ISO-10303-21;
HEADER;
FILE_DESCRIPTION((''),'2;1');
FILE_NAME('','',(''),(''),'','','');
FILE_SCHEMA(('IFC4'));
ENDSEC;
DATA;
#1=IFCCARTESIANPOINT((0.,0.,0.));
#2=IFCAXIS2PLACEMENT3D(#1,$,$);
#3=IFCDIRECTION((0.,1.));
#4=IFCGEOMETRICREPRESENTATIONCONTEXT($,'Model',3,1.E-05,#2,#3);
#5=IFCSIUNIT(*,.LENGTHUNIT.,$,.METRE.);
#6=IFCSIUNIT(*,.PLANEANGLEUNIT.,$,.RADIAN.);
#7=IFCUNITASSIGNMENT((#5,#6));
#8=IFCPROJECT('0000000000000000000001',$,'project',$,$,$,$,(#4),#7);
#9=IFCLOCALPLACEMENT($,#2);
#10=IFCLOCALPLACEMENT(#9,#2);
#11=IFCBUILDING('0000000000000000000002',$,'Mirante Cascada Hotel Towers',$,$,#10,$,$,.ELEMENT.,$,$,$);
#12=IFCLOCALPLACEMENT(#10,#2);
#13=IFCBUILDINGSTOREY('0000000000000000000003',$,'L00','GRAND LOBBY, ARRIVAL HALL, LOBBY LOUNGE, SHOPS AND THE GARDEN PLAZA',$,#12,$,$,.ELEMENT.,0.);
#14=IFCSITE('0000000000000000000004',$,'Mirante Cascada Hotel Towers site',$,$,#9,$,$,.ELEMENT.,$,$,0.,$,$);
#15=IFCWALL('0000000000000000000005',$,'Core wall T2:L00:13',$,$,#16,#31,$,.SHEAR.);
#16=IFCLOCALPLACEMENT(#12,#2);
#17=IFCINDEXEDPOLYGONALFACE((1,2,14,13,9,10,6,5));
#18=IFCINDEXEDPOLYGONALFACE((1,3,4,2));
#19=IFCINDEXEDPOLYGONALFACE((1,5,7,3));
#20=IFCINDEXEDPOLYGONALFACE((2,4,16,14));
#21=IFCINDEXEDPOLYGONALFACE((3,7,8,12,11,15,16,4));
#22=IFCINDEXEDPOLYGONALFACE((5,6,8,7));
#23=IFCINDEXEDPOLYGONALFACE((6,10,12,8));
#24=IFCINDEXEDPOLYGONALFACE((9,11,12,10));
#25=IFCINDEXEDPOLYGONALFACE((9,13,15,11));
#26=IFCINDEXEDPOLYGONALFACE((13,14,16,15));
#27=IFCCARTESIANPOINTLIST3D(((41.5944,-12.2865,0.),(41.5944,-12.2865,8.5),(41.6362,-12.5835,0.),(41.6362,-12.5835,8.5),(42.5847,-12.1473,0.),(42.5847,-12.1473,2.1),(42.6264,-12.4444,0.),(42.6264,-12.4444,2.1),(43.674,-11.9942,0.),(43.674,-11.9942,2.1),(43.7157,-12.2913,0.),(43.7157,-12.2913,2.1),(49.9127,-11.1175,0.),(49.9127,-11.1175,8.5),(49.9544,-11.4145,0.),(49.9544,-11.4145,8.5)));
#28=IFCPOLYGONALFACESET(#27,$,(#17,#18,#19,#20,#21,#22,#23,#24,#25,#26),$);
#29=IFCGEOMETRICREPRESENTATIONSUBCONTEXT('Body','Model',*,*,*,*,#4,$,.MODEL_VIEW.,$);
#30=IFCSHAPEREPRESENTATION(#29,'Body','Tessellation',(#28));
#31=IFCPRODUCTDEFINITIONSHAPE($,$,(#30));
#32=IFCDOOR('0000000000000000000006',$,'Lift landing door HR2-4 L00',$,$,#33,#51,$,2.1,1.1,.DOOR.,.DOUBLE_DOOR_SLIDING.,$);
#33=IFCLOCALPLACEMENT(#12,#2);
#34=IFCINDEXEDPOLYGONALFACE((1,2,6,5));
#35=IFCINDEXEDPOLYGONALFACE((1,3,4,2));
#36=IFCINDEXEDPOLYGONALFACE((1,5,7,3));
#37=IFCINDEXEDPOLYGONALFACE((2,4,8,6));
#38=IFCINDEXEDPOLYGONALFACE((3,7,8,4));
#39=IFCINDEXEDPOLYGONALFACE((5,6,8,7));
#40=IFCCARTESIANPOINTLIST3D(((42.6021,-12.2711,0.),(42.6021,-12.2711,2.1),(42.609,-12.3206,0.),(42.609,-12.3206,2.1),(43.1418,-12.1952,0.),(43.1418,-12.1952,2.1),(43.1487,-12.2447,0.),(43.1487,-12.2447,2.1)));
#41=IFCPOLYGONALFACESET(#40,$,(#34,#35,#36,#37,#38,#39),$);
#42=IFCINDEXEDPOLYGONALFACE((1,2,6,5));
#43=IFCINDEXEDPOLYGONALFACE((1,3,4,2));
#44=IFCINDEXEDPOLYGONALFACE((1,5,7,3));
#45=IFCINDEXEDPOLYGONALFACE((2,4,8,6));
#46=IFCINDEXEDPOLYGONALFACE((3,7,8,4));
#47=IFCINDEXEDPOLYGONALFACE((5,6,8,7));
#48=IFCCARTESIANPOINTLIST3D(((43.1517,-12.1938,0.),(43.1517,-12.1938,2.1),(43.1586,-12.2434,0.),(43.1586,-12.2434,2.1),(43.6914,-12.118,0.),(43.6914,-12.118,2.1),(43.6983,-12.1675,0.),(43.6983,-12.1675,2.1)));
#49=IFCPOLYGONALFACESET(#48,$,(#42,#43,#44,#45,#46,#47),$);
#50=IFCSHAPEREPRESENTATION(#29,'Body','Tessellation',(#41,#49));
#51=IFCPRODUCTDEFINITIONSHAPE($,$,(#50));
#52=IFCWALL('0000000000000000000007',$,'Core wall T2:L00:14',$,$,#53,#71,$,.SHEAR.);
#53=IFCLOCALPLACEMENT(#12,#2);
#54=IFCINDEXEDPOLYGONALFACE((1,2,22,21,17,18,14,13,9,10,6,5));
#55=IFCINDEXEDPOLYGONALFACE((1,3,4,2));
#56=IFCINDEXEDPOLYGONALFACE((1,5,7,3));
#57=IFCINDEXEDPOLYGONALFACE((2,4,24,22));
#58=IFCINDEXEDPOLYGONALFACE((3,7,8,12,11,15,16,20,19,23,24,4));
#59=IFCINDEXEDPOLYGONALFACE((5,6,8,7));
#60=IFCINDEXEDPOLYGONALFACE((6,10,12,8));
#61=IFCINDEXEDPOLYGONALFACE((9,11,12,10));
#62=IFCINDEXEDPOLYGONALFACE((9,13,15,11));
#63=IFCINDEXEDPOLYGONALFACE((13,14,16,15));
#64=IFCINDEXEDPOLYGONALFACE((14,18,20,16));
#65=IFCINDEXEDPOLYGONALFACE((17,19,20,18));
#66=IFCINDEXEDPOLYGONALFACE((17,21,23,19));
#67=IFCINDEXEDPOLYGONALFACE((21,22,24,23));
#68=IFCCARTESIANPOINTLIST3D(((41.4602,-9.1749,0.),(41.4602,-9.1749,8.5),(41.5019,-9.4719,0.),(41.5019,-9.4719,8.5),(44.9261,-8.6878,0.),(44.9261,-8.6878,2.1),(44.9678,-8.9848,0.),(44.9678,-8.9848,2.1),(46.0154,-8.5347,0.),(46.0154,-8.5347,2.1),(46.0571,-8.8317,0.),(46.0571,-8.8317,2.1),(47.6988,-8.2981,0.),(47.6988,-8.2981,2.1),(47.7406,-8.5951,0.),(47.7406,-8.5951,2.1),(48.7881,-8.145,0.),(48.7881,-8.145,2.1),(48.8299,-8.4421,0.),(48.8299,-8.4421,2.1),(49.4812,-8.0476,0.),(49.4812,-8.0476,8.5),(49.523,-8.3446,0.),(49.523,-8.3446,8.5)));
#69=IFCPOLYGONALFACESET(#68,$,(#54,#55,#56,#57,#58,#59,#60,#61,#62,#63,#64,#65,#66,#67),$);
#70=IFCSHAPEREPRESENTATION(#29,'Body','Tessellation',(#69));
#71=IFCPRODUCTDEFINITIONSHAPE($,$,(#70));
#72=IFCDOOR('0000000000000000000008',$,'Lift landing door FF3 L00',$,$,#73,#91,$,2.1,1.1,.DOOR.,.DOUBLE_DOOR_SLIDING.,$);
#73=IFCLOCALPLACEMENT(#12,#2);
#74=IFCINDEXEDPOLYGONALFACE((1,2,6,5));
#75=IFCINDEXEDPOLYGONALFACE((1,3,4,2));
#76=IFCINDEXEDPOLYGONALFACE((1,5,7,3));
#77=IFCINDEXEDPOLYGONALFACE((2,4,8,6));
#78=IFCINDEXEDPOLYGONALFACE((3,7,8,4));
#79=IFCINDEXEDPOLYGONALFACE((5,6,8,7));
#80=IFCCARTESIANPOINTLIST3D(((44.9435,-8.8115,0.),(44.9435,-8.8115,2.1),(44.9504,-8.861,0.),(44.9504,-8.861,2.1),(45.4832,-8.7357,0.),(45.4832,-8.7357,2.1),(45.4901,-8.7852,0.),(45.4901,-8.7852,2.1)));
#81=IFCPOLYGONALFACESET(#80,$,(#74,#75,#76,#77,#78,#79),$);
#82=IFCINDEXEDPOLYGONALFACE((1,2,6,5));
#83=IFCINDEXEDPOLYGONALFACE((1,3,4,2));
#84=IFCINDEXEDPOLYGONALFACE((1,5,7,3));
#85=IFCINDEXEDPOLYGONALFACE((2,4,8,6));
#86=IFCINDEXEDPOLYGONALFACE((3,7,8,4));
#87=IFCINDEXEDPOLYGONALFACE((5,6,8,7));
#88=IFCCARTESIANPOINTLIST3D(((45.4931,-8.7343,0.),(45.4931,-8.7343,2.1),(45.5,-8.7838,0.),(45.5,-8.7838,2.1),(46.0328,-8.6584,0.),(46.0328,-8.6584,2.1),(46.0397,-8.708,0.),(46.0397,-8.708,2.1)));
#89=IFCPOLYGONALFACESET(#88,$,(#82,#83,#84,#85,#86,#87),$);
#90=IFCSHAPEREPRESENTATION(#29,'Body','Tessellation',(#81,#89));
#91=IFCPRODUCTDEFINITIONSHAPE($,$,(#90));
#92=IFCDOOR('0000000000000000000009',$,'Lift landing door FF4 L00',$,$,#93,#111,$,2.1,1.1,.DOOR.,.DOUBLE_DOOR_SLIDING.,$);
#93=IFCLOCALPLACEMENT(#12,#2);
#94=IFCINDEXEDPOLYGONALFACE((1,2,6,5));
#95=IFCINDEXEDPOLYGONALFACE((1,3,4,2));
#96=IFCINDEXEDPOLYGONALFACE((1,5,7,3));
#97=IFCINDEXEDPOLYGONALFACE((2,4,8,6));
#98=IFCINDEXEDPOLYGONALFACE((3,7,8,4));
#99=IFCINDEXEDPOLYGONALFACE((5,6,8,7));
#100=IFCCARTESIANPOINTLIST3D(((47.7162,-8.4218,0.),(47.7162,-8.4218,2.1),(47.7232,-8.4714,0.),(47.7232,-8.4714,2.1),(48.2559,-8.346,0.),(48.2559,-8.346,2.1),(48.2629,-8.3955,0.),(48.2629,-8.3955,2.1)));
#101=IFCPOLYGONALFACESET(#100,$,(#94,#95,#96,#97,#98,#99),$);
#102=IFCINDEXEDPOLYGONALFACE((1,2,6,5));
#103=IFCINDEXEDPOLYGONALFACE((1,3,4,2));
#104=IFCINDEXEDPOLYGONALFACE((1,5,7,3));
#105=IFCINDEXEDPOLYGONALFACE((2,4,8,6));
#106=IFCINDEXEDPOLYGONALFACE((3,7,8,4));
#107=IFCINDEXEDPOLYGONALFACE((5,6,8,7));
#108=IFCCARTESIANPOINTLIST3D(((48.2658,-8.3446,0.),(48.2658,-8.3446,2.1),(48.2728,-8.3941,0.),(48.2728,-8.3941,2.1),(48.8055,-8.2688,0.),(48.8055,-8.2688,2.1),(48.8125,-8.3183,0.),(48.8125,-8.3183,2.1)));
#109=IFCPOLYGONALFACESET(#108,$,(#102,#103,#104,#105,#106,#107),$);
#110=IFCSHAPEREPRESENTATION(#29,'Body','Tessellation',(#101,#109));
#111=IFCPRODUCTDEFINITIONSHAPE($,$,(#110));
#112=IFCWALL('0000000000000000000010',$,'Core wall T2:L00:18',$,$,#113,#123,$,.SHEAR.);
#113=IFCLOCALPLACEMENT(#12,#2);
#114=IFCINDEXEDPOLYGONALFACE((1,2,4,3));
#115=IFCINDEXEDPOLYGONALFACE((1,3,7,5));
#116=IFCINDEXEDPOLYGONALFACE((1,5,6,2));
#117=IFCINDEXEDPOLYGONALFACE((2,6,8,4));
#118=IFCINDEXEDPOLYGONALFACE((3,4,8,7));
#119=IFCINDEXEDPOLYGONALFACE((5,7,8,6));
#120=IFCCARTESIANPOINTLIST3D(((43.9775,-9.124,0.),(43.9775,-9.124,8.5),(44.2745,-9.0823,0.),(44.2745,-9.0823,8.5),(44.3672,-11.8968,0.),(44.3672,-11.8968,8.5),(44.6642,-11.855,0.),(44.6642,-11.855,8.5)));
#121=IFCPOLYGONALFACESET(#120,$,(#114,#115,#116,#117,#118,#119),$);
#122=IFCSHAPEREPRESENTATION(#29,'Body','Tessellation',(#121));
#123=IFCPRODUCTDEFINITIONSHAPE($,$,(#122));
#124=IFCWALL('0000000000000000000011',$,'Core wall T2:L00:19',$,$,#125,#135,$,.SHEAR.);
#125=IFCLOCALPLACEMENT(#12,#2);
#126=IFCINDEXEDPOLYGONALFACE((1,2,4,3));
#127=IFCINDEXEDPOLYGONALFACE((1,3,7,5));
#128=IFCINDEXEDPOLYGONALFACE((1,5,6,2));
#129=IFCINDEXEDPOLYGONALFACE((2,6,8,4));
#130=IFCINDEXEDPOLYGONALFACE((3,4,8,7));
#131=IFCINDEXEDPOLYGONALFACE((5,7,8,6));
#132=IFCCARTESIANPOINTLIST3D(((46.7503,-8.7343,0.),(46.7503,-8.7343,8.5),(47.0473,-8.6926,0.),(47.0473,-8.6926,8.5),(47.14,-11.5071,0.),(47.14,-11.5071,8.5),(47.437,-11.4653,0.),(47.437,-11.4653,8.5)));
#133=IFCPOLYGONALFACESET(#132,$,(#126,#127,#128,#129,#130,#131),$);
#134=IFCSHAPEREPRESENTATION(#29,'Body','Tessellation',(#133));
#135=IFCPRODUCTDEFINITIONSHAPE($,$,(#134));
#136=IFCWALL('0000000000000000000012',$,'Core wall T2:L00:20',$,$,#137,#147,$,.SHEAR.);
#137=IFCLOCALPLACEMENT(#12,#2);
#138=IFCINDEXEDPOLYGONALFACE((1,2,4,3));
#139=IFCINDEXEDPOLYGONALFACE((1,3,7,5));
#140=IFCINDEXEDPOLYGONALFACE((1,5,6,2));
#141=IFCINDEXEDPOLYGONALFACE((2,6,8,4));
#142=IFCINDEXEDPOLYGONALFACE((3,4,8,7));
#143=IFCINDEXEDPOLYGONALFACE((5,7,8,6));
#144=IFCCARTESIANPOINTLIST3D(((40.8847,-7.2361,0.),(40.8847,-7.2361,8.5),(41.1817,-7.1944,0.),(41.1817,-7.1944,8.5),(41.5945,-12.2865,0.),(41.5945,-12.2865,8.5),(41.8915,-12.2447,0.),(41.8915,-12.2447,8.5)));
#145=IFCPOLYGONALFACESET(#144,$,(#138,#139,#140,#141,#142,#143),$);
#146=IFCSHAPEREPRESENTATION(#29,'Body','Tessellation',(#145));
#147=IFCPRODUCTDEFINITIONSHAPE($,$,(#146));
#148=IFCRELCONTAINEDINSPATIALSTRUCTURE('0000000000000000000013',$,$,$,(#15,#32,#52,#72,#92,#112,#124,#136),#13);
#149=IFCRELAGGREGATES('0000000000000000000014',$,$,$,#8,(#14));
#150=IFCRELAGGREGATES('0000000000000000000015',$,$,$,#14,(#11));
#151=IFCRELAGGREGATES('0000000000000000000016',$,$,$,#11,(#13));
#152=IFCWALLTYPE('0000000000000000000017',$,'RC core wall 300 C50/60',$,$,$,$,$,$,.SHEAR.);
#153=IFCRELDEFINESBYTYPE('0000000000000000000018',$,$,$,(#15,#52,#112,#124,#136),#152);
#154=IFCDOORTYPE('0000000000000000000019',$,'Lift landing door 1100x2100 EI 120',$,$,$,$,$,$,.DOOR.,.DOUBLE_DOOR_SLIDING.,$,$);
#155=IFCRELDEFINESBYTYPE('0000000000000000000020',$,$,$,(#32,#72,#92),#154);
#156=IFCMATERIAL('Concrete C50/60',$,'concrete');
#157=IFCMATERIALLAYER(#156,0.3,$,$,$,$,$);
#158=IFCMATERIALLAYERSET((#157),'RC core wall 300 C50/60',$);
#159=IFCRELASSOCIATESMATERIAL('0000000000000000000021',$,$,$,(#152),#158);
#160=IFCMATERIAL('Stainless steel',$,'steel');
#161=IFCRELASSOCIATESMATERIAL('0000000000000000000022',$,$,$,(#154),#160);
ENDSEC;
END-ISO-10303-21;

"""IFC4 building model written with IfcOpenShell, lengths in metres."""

from ifc_helpers import new_model, si_unit, direction, frame, frame_2d, origin, place, context, subcontext, project, spatial, rectangle, extrude, material, layer, layer_set, type_object, element, fill, save


model = new_model("IFC4")

# Units and contexts
model_context = context("Model", 3, precision=1e-05, world=origin(), true_north=direction((0.0, 1.0)))
body_context = subcontext(model_context, "Body", "Model", "MODEL_VIEW")
ifc_project = project(units=[si_unit("LENGTHUNIT", "METRE"), si_unit("PLANEANGLEUNIT", "RADIAN")], contexts=[model_context])

# Site, building, storey
site_placement = place(None, origin())
site = spatial("IfcSite", under=ifc_project, at=site_placement, Name="Mirante Cascada Hotel Towers site", CompositionType="ELEMENT", RefElevation=0.0)
building_placement = place(site_placement, origin())
building = spatial("IfcBuilding", under=site, at=building_placement, Name="Mirante Cascada Hotel Towers", CompositionType="ELEMENT")
storey_placement = place(building_placement, origin())
storey = spatial("IfcBuildingStorey", under=building, at=storey_placement, Name="L00", Description="GRAND LOBBY, ARRIVAL HALL, LOBBY LOUNGE, SHOPS AND THE GARDEN PLAZA", CompositionType="ELEMENT", Elevation=0.0)

# Wall, opening, door
ifc_material_1 = material(Name="Concrete C50/60", Category="concrete")
ifc_layer_1 = layer(ifc_material_1, 0.3)
ifc_layer_set_1 = layer_set([ifc_layer_1], Name="RC core wall 300 C50/60")
wall_type_1 = type_object("IfcWallType", Name="RC core wall 300 C50/60", PredefinedType="SHEAR", material=ifc_layer_set_1)
wall_1_placement = place(storey_placement, frame((41.6153, -12.435, 0.0), z_axis=(0.0, 0.0, 1.0), x_axis=(0.990269, 0.139166, 0.0)))
wall_1 = element("IfcWall", 1, at=wall_1_placement, inside=storey, type_object=wall_type_1, Name="Core wall T2:L00:13", PredefinedType="SHEAR", context=body_context, shape_type="SweptSolid", body=[
    extrude(rectangle(XDim=8.4, YDim=0.3, at=frame_2d((4.2, 0.0))), origin(), (0.0, 0.0, 1.0), 8.5),
])
opening_1_placement = place(wall_1_placement, frame((1.0, 0.0, 0.0)))
opening_1 = element("IfcOpeningElement", 2, at=opening_1_placement, cuts=wall_1, PredefinedType="OPENING", context=body_context, shape_type="SweptSolid", body=[
    extrude(rectangle(XDim=1.1, YDim=2.1, at=frame_2d((0.55, 1.05))), frame((0.0, 0.15, 0.0), z_axis=(0.0, -1.0, 0.0), x_axis=(1.0, 0.0, 0.0)), (0.0, 0.0, 1.0), 0.3),
])
ifc_material_2 = material(Name="Stainless steel", Category="steel")
door_type_1 = type_object("IfcDoorType", Name="Lift landing door 1100x2100 EI 120", OperationType="DOUBLE_DOOR_SLIDING", PredefinedType="DOOR", material=ifc_material_2)
door_1_placement = place(opening_1_placement, origin())
door_1 = element("IfcDoor", 3, at=door_1_placement, inside=storey, type_object=door_type_1, Name="Lift landing door HR2-4 L00", OperationType="DOUBLE_DOOR_SLIDING", OverallHeight=2.1, OverallWidth=1.1, PredefinedType="DOOR", context=body_context, shape_type="SweptSolid", body=[
    extrude(rectangle(XDim=0.545, YDim=2.1, at=frame_2d((0.2725, 1.05))), frame((0.0, 0.025, 0.0), z_axis=(0.0, -1.0, 0.0), x_axis=(1.0, 0.0, 0.0)), (0.0, 0.0, 1.0), 0.05),
    extrude(rectangle(XDim=0.545, YDim=2.1, at=frame_2d((0.8275, 1.05))), frame((0.0, 0.025, 0.0), z_axis=(0.0, -1.0, 0.0), x_axis=(1.0, 0.0, 0.0)), (0.0, 0.0, 1.0), 0.05),
])
fill(opening_1, door_1)

# Wall, openings, doors
wall_2_placement = place(storey_placement, frame((41.481, -9.3234, 0.0), z_axis=(0.0, 0.0, 1.0), x_axis=(0.990268, 0.139174, 0.0)))
wall_2 = element("IfcWall", 4, at=wall_2_placement, inside=storey, type_object=wall_type_1, Name="Core wall T2:L00:14", PredefinedType="SHEAR", context=body_context, shape_type="SweptSolid", body=[
    extrude(rectangle(XDim=8.0999, YDim=0.3, at=frame_2d((4.05, 0.0))), origin(), (0.0, 0.0, 1.0), 8.5),
])
opening_2_placement = place(wall_2_placement, frame((3.5, 0.0, 0.0)))
opening_2 = element("IfcOpeningElement", 5, at=opening_2_placement, cuts=wall_2, PredefinedType="OPENING", context=body_context, shape_type="SweptSolid", body=[
    extrude(rectangle(XDim=1.1, YDim=2.1, at=frame_2d((0.55, 1.05))), frame((0.0, 0.15, 0.0), z_axis=(0.0, -1.0, 0.0), x_axis=(1.0, 0.0, 0.0)), (0.0, 0.0, 1.0), 0.3),
])
opening_3_placement = place(wall_2_placement, frame((6.3, 0.0, 0.0)))
opening_3 = element("IfcOpeningElement", 6, at=opening_3_placement, cuts=wall_2, PredefinedType="OPENING", context=body_context, shape_type="SweptSolid", body=[
    extrude(rectangle(XDim=1.1, YDim=2.1, at=frame_2d((0.55, 1.05))), frame((0.0, 0.15, 0.0), z_axis=(0.0, -1.0, 0.0), x_axis=(1.0, 0.0, 0.0)), (0.0, 0.0, 1.0), 0.3),
])
door_2_placement = place(opening_2_placement, origin())
door_2 = element("IfcDoor", 7, at=door_2_placement, inside=storey, type_object=door_type_1, Name="Lift landing door FF3 L00", OperationType="DOUBLE_DOOR_SLIDING", OverallHeight=2.1, OverallWidth=1.1, PredefinedType="DOOR", context=body_context, shape_type="SweptSolid", body=[
    extrude(rectangle(XDim=0.545, YDim=2.1, at=frame_2d((0.2725, 1.05))), frame((0.0, 0.025, 0.0), z_axis=(0.0, -1.0, 0.0), x_axis=(1.0, 0.0, 0.0)), (0.0, 0.0, 1.0), 0.05),
    extrude(rectangle(XDim=0.545, YDim=2.1, at=frame_2d((0.8275, 1.05))), frame((0.0, 0.025, 0.0), z_axis=(0.0, -1.0, 0.0), x_axis=(1.0, 0.0, 0.0)), (0.0, 0.0, 1.0), 0.05),
])
fill(opening_2, door_2)
door_3_placement = place(opening_3_placement, origin())
door_3 = element("IfcDoor", 8, at=door_3_placement, inside=storey, type_object=door_type_1, Name="Lift landing door FF4 L00", OperationType="DOUBLE_DOOR_SLIDING", OverallHeight=2.1, OverallWidth=1.1, PredefinedType="DOOR", context=body_context, shape_type="SweptSolid", body=[
    extrude(rectangle(XDim=0.545, YDim=2.1, at=frame_2d((0.2725, 1.05))), frame((0.0, 0.025, 0.0), z_axis=(0.0, -1.0, 0.0), x_axis=(1.0, 0.0, 0.0)), (0.0, 0.0, 1.0), 0.05),
    extrude(rectangle(XDim=0.545, YDim=2.1, at=frame_2d((0.8275, 1.05))), frame((0.0, 0.025, 0.0), z_axis=(0.0, -1.0, 0.0), x_axis=(1.0, 0.0, 0.0)), (0.0, 0.0, 1.0), 0.05),
])
fill(opening_3, door_3)

# Walls
for number, where, z_axis, x_axis, name in (
    (9, (44.5157, -11.8759, 0.0), (0.0, 0.0, 1.0), (-0.139181, 0.990267, 0.0), "Core wall T2:L00:18"),
    (10, (47.2885, -11.4862, 0.0), (0.0, 0.0, 1.0), (-0.139181, 0.990267, 0.0), "Core wall T2:L00:19"),
):
    element("IfcWall", number, at=place(storey_placement, frame(where, z_axis=z_axis, x_axis=x_axis)), inside=storey, type_object=wall_type_1, Name=name, PredefinedType="SHEAR", context=body_context, shape_type="SweptSolid", body=[
        extrude(rectangle(XDim=2.8, YDim=0.3, at=frame_2d((1.4, 0.0))), origin(), (0.0, 0.0, 1.0), 8.5),
    ])
wall_3_placement = place(storey_placement, frame((41.743, -12.2656, 0.0), z_axis=(0.0, 0.0, 1.0), x_axis=(-0.139176, 0.990268, 0.0)))
element("IfcWall", 11, at=wall_3_placement, inside=storey, type_object=wall_type_1, Name="Core wall T2:L00:20", PredefinedType="SHEAR", context=body_context, shape_type="SweptSolid", body=[
    extrude(rectangle(XDim=5.1, YDim=0.3, at=frame_2d((2.55, 0.0))), origin(), (0.0, 0.0, 1.0), 8.5),
])

save(model, "model.ifc")
